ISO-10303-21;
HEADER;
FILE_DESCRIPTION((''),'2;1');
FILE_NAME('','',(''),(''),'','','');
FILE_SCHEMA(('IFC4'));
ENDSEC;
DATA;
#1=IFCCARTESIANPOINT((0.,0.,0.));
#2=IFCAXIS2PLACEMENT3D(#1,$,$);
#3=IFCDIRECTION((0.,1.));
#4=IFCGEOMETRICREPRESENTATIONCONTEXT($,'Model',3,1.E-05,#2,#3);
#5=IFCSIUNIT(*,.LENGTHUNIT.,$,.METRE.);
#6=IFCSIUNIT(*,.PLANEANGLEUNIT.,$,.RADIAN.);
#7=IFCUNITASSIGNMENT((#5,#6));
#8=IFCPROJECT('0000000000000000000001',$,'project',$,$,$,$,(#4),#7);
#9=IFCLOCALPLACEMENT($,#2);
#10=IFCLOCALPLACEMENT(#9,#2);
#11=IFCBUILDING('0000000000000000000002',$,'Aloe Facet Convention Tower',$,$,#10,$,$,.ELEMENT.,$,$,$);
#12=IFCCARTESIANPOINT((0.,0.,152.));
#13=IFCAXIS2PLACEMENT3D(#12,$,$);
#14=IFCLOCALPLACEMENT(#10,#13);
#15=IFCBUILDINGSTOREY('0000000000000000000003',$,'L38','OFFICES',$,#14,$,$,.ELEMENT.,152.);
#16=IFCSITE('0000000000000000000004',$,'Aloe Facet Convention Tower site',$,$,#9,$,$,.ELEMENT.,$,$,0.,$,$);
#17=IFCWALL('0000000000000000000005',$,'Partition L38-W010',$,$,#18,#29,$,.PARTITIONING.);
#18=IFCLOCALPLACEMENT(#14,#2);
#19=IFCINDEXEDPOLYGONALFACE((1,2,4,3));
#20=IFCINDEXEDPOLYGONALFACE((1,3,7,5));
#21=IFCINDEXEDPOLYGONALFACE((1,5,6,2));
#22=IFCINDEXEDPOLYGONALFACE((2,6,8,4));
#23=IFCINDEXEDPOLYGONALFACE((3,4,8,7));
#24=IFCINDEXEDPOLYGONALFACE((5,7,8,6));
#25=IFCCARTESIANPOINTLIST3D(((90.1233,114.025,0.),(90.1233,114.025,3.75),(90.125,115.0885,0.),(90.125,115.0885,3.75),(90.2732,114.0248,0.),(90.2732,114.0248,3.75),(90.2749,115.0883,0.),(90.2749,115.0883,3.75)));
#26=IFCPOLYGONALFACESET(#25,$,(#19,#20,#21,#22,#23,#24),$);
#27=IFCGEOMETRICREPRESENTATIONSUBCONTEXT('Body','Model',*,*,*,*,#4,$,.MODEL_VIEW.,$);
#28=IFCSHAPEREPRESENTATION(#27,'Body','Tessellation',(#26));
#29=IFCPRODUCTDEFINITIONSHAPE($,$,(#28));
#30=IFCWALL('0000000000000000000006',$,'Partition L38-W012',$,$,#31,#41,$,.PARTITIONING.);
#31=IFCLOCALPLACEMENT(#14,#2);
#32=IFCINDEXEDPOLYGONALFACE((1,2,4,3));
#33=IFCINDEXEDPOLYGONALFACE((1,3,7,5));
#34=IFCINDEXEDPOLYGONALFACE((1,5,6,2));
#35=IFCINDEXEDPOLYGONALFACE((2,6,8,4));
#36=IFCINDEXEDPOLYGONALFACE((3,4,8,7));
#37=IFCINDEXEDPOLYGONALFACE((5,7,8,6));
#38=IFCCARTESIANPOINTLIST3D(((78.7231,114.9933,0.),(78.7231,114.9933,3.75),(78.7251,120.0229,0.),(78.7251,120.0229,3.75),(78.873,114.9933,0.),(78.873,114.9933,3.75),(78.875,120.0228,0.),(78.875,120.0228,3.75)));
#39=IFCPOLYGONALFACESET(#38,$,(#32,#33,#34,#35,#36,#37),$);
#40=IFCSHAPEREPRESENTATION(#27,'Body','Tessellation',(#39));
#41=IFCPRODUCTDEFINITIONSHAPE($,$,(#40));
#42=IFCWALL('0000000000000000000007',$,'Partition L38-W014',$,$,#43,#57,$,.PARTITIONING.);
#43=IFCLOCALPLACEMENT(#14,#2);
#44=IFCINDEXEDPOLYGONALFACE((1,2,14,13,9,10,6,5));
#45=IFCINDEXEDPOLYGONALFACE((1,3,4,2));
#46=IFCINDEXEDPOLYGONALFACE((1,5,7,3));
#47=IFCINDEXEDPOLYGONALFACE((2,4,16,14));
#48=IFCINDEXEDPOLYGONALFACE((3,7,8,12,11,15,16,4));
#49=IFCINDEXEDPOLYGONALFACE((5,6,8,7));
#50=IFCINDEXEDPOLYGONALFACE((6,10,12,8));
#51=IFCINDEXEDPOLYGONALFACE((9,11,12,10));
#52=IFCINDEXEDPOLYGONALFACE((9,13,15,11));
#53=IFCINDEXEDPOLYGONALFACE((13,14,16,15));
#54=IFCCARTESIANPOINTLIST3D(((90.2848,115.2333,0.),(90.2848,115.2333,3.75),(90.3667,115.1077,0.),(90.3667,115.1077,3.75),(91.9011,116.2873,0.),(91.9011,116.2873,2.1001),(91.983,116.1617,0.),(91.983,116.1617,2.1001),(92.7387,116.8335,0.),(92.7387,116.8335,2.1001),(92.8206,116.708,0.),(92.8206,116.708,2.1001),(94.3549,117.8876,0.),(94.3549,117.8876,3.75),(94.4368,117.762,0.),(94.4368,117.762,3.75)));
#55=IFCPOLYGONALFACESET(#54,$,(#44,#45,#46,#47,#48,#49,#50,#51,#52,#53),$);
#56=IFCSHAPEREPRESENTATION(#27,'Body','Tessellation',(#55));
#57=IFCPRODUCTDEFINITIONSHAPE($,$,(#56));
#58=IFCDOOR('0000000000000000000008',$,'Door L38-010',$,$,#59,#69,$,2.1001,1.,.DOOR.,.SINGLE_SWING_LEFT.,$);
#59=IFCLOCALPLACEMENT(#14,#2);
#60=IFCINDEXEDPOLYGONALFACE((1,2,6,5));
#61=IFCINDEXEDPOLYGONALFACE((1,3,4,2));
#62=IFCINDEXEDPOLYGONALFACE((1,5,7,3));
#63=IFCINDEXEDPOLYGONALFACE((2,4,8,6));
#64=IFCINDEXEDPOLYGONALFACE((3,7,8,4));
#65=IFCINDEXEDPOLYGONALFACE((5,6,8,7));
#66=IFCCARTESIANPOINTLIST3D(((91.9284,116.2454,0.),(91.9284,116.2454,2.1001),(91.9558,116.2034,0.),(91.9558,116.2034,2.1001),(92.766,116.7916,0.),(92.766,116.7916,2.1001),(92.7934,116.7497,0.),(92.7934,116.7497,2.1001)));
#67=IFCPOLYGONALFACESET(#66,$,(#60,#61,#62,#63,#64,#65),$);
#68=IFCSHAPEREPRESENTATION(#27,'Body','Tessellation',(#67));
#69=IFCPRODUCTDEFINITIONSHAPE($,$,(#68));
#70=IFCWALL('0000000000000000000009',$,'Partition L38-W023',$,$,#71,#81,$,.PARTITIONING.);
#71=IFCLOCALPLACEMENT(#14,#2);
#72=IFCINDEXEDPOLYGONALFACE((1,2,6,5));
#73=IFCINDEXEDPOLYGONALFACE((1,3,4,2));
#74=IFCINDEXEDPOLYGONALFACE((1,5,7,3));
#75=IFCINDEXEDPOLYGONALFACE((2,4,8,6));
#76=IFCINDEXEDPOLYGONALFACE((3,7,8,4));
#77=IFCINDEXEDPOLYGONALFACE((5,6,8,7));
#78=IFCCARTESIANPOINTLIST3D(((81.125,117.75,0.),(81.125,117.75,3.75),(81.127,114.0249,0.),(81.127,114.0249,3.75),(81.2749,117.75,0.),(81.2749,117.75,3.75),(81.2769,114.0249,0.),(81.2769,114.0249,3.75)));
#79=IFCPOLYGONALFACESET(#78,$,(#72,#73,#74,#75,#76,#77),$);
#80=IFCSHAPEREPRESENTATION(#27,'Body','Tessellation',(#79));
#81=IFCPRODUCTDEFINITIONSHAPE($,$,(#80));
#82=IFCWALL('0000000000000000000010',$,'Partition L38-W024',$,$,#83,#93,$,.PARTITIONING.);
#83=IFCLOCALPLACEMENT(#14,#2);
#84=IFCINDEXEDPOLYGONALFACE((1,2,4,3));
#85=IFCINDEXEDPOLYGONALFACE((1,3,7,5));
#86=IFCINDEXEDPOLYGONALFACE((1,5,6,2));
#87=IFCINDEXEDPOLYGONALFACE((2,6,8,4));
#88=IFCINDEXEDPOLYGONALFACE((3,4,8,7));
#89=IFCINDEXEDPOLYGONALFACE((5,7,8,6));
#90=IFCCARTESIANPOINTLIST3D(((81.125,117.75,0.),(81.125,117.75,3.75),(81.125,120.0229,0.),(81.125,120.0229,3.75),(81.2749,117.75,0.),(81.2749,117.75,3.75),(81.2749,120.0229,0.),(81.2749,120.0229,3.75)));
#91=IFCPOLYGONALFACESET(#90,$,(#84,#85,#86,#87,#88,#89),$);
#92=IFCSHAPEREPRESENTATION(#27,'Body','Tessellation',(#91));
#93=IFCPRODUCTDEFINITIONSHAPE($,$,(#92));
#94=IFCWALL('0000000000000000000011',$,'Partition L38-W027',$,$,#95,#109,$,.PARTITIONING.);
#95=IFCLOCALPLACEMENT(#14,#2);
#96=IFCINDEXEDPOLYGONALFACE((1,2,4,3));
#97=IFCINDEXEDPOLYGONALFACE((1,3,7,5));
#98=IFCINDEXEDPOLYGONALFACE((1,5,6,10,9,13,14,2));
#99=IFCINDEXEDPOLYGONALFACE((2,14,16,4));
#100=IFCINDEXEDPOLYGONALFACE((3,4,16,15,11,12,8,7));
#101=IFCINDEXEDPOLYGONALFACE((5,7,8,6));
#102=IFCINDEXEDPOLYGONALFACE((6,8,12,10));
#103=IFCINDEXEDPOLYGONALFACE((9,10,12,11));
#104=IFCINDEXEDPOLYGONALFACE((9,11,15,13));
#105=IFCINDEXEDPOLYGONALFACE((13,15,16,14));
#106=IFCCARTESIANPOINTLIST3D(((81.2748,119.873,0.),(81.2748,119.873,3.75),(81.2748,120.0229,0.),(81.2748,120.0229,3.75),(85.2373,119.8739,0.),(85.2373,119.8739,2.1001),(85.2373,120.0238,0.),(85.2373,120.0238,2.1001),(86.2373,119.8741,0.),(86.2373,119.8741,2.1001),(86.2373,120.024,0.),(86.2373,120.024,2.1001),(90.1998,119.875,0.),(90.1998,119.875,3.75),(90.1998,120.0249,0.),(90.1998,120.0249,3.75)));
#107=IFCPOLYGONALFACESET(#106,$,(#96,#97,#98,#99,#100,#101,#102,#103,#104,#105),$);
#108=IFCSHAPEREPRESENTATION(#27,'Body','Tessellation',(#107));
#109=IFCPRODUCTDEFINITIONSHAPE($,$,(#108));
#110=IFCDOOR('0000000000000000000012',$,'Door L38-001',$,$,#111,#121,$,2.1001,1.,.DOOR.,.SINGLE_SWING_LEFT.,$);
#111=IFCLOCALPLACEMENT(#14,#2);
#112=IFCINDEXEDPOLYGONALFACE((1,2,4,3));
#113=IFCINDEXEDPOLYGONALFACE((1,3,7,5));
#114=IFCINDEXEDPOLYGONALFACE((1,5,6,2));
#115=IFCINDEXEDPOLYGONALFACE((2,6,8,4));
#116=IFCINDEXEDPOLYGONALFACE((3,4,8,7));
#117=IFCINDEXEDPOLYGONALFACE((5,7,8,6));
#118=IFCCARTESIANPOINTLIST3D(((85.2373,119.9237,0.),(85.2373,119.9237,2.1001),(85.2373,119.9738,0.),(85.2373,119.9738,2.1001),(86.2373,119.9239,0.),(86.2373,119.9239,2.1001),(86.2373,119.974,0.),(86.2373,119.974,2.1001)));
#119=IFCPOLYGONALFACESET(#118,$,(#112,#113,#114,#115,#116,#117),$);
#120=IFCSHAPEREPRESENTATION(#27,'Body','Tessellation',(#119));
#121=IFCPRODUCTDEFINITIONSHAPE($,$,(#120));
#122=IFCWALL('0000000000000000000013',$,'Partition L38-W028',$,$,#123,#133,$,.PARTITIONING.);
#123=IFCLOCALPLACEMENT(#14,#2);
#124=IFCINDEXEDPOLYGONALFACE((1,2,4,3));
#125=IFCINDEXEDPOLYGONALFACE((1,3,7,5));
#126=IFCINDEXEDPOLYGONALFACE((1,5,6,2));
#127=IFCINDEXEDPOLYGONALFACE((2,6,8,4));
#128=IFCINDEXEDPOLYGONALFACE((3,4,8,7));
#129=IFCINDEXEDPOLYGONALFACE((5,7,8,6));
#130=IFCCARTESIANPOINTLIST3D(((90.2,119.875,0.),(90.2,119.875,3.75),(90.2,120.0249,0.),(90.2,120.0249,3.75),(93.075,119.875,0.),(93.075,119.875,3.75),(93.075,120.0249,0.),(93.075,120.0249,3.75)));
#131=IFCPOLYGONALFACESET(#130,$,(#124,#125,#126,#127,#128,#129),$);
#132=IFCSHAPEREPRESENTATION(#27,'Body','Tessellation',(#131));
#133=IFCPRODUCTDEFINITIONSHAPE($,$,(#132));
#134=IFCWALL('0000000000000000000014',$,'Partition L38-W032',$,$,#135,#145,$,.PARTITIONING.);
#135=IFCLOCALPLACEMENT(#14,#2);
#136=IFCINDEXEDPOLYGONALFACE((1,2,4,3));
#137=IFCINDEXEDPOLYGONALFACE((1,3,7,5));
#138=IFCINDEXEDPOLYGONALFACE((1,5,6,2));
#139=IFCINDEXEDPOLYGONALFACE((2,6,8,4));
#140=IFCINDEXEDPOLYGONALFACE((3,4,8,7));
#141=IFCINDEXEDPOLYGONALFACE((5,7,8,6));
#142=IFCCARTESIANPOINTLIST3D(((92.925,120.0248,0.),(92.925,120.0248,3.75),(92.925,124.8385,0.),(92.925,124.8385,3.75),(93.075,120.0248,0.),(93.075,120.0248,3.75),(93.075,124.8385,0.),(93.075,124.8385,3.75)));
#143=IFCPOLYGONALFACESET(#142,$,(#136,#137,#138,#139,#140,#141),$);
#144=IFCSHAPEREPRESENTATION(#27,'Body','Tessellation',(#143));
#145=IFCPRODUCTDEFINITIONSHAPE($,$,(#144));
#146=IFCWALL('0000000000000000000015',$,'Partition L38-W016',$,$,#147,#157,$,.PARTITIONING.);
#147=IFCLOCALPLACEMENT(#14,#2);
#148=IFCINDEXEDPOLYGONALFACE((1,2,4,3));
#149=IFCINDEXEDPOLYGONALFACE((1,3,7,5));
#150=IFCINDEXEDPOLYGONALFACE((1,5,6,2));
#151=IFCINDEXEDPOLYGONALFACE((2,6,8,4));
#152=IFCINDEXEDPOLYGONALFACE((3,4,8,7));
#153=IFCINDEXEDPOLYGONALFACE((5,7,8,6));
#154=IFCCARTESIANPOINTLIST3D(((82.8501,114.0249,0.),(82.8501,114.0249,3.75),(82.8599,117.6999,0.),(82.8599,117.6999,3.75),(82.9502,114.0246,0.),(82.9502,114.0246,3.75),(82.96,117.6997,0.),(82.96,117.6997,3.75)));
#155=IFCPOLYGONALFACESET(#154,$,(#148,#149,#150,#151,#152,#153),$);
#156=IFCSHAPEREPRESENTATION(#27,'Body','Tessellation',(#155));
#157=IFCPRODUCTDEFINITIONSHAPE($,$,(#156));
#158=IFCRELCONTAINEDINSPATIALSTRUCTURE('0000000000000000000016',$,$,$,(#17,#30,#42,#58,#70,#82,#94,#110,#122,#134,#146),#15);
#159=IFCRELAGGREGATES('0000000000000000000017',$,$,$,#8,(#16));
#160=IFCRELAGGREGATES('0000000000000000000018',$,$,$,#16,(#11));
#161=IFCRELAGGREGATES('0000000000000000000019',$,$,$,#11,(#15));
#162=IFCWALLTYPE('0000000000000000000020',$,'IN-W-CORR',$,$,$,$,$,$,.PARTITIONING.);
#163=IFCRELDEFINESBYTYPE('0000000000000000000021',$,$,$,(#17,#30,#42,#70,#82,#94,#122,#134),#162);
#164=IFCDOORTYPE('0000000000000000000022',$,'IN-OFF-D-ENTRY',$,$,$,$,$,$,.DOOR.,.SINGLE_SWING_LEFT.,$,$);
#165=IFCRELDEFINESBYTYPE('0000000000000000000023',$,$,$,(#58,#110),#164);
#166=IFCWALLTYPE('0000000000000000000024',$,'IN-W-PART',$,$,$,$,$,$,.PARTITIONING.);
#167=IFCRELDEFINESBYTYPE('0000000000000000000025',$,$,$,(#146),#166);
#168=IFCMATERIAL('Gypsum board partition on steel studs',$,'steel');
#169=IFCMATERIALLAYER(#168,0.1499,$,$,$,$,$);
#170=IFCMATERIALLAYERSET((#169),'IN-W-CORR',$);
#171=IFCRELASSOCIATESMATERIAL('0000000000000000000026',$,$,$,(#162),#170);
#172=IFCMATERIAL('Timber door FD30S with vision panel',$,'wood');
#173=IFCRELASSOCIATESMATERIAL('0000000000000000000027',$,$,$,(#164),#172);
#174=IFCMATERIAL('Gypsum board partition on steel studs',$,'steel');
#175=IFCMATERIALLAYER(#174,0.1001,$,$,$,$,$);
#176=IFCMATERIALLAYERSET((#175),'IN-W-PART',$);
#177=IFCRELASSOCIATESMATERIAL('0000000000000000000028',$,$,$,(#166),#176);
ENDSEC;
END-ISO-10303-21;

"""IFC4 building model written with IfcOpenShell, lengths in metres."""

from ifc_helpers import new_model, si_unit, direction, frame, frame_2d, origin, place, context, subcontext, project, spatial, rectangle, extrude, material, layer, layer_set, type_object, element, fill, save


model = new_model("IFC4")

# Units and contexts
model_context = context("Model", 3, precision=1e-05, world=origin(), true_north=direction((0.0, 1.0)))
body_context = subcontext(model_context, "Body", "Model", "MODEL_VIEW")
ifc_project = project(units=[si_unit("LENGTHUNIT", "METRE"), si_unit("PLANEANGLEUNIT", "RADIAN")], contexts=[model_context])

# Site, building, storey
site_placement = place(None, origin())
site = spatial("IfcSite", under=ifc_project, at=site_placement, Name="Aloe Facet Convention Tower site", CompositionType="ELEMENT", RefElevation=0.0)
building_placement = place(site_placement, origin())
building = spatial("IfcBuilding", under=site, at=building_placement, Name="Aloe Facet Convention Tower", CompositionType="ELEMENT")
storey_placement = place(building_placement, frame((0.0, 0.0, 152.0)))
storey = spatial("IfcBuildingStorey", under=building, at=storey_placement, Name="L38", Description="OFFICES", CompositionType="ELEMENT", Elevation=152.0)

# Walls
ifc_material_1 = material(Name="Gypsum board partition on steel studs", Category="steel")
ifc_layer_1 = layer(ifc_material_1, 0.1499)
ifc_layer_set_1 = layer_set([ifc_layer_1], Name="IN-W-CORR")
wall_type_1 = type_object("IfcWallType", Name="IN-W-CORR", PredefinedType="PARTITIONING", material=ifc_layer_set_1)
wall_1_placement = place(storey_placement, frame((90.1982, 114.0249, 0.0), z_axis=(0.0, 0.0, 1.0), x_axis=(0.001607, 0.999999, 0.0)))
element("IfcWall", 1, at=wall_1_placement, inside=storey, type_object=wall_type_1, Name="Partition L38-W010", PredefinedType="PARTITIONING", context=body_context, shape_type="SweptSolid", body=[
    extrude(rectangle(XDim=1.0635, YDim=0.1499, at=frame_2d((0.5317, 0.0))), origin(), (0.0, 0.0, 1.0), 3.75),
])
wall_2_placement = place(storey_placement, frame((78.7981, 114.9934, 0.0), z_axis=(0.0, 0.0, 1.0), x_axis=(0.000388, 1.0, 0.0)))
element("IfcWall", 2, at=wall_2_placement, inside=storey, type_object=wall_type_1, Name="Partition L38-W012", PredefinedType="PARTITIONING", context=body_context, shape_type="SweptSolid", body=[
    extrude(rectangle(XDim=5.0295, YDim=0.1499, at=frame_2d((2.5146, 0.0))), origin(), (0.0, 0.0, 1.0), 3.75),
])

# Wall, opening, door
wall_3_placement = place(storey_placement, frame((90.3257, 115.1704, 0.0), z_axis=(0.0, 0.0, 1.0), x_axis=(0.83762, 0.546254, 0.0)))
wall_3 = element("IfcWall", 3, at=wall_3_placement, inside=storey, type_object=wall_type_1, Name="Partition L38-W014", PredefinedType="PARTITIONING", context=body_context, shape_type="SweptSolid", body=[
    extrude(rectangle(XDim=4.8591, YDim=0.1499, at=frame_2d((2.4297, 0.0))), origin(), (0.0, 0.0, 1.0), 3.75),
])
opening_1_placement = place(wall_3_placement, frame((1.9297, 0.0, 0.0)))
opening_1 = element("IfcOpeningElement", 4, at=opening_1_placement, cuts=wall_3, PredefinedType="OPENING", context=body_context, shape_type="SweptSolid", body=[
    extrude(rectangle(XDim=1.0, YDim=2.1001, at=frame_2d((0.5, 1.05))), frame((0.0, 0.085, 0.0), z_axis=(0.0, -1.0, 0.0), x_axis=(1.0, 0.0, 0.0)), (0.0, 0.0, 1.0), 0.1699),
])
ifc_material_2 = material(Name="Timber door FD30S with vision panel", Category="wood")
door_type_1 = type_object("IfcDoorType", Name="IN-OFF-D-ENTRY", OperationType="SINGLE_SWING_LEFT", PredefinedType="DOOR", material=ifc_material_2)
door_1_placement = place(opening_1_placement, origin())
door_1 = element("IfcDoor", 5, at=door_1_placement, inside=storey, type_object=door_type_1, Name="Door L38-010", OperationType="SINGLE_SWING_LEFT", OverallHeight=2.1001, OverallWidth=1.0, PredefinedType="DOOR", context=body_context, shape_type="SweptSolid", body=[
    extrude(rectangle(XDim=1.0, YDim=2.1001, at=frame_2d((0.5, 1.05))), frame((0.0, 0.0249, 0.0), z_axis=(0.0, -1.0, 0.0), x_axis=(1.0, 0.0, 0.0)), (0.0, 0.0, 1.0), 0.05),
])
fill(opening_1, door_1)

# Walls
wall_4_placement = place(storey_placement, frame((81.2019, 114.0249, 0.0), z_axis=(0.0, 0.0, 1.0), x_axis=(-0.000524, 1.0, 0.0)))
element("IfcWall", 6, at=wall_4_placement, inside=storey, type_object=wall_type_1, Name="Partition L38-W023", PredefinedType="PARTITIONING", context=body_context, shape_type="SweptSolid", body=[
    extrude(rectangle(XDim=3.7251, YDim=0.1499, at=frame_2d((1.8625, 0.0))), origin(), (0.0, 0.0, 1.0), 3.75),
])
wall_5_placement = place(storey_placement, frame((81.2, 117.75, 0.0), z_axis=(0.0, 0.0, 1.0), x_axis=(0.0, 1.0, 0.0)))
element("IfcWall", 7, at=wall_5_placement, inside=storey, type_object=wall_type_1, Name="Partition L38-W024", PredefinedType="PARTITIONING", context=body_context, shape_type="SweptSolid", body=[
    extrude(rectangle(XDim=2.2729, YDim=0.1499, at=frame_2d((1.1365, 0.0))), origin(), (0.0, 0.0, 1.0), 3.75),
])

# Wall, opening, door
wall_6_placement = place(storey_placement, frame((81.2749, 119.948, 0.0), z_axis=(0.0, 0.0, 1.0), x_axis=(1.0, 0.000219, 0.0)))
wall_6 = element("IfcWall", 8, at=wall_6_placement, inside=storey, type_object=wall_type_1, Name="Partition L38-W027", PredefinedType="PARTITIONING", context=body_context, shape_type="SweptSolid", body=[
    extrude(rectangle(XDim=8.925, YDim=0.1499, at=frame_2d((4.4624, 0.0))), origin(), (0.0, 0.0, 1.0), 3.75),
])
opening_2_placement = place(wall_6_placement, frame((3.9624, 0.0, 0.0)))
opening_2 = element("IfcOpeningElement", 9, at=opening_2_placement, cuts=wall_6, PredefinedType="OPENING", context=body_context, shape_type="SweptSolid", body=[
    extrude(rectangle(XDim=1.0, YDim=2.1001, at=frame_2d((0.5, 1.05))), frame((0.0, 0.085, 0.0), z_axis=(0.0, -1.0, 0.0), x_axis=(1.0, 0.0, 0.0)), (0.0, 0.0, 1.0), 0.1699),
])
door_2_placement = place(opening_2_placement, origin())
door_2 = element("IfcDoor", 10, at=door_2_placement, inside=storey, type_object=door_type_1, Name="Door L38-001", OperationType="SINGLE_SWING_LEFT", OverallHeight=2.1001, OverallWidth=1.0, PredefinedType="DOOR", context=body_context, shape_type="SweptSolid", body=[
    extrude(rectangle(XDim=1.0, YDim=2.1001, at=frame_2d((0.5, 1.05))), frame((0.0, 0.0249, 0.0), z_axis=(0.0, -1.0, 0.0), x_axis=(1.0, 0.0, 0.0)), (0.0, 0.0, 1.0), 0.05),
])
fill(opening_2, door_2)

# Walls
wall_7_placement = place(storey_placement, frame((90.2, 119.95, 0.0), z_axis=(0.0, 0.0, 1.0), x_axis=(1.0, 0.0, 0.0)))
element("IfcWall", 11, at=wall_7_placement, inside=storey, type_object=wall_type_1, Name="Partition L38-W028", PredefinedType="PARTITIONING", context=body_context, shape_type="SweptSolid", body=[
    extrude(rectangle(XDim=2.875, YDim=0.1499, at=frame_2d((1.4375, 0.0))), origin(), (0.0, 0.0, 1.0), 3.75),
])
wall_8_placement = place(storey_placement, frame((93.0, 120.0249, 0.0), z_axis=(0.0, 0.0, 1.0), x_axis=(0.0, 1.0, 0.0)))
element("IfcWall", 12, at=wall_8_placement, inside=storey, type_object=wall_type_1, Name="Partition L38-W032", PredefinedType="PARTITIONING", context=body_context, shape_type="SweptSolid", body=[
    extrude(rectangle(XDim=4.8137, YDim=0.1499, at=frame_2d((2.4067, 0.0))), origin(), (0.0, 0.0, 1.0), 3.75),
])
ifc_material_3 = material(Name="Gypsum board partition on steel studs", Category="steel")
ifc_layer_2 = layer(ifc_material_3, 0.1001)
ifc_layer_set_2 = layer_set([ifc_layer_2], Name="IN-W-PART")
wall_type_2 = type_object("IfcWallType", Name="IN-W-PART", PredefinedType="PARTITIONING", material=ifc_layer_set_2)
wall_9_placement = place(storey_placement, frame((82.9001, 114.0249, 0.0), z_axis=(0.0, 0.0, 1.0), x_axis=(0.002657, 0.999996, 0.0)))
element("IfcWall", 13, at=wall_9_placement, inside=storey, type_object=wall_type_2, Name="Partition L38-W016", PredefinedType="PARTITIONING", context=body_context, shape_type="SweptSolid", body=[
    extrude(rectangle(XDim=3.675, YDim=0.1001, at=frame_2d((1.8374, 0.0))), origin(), (0.0, 0.0, 1.0), 3.75),
])

save(model, "model.ifc")
